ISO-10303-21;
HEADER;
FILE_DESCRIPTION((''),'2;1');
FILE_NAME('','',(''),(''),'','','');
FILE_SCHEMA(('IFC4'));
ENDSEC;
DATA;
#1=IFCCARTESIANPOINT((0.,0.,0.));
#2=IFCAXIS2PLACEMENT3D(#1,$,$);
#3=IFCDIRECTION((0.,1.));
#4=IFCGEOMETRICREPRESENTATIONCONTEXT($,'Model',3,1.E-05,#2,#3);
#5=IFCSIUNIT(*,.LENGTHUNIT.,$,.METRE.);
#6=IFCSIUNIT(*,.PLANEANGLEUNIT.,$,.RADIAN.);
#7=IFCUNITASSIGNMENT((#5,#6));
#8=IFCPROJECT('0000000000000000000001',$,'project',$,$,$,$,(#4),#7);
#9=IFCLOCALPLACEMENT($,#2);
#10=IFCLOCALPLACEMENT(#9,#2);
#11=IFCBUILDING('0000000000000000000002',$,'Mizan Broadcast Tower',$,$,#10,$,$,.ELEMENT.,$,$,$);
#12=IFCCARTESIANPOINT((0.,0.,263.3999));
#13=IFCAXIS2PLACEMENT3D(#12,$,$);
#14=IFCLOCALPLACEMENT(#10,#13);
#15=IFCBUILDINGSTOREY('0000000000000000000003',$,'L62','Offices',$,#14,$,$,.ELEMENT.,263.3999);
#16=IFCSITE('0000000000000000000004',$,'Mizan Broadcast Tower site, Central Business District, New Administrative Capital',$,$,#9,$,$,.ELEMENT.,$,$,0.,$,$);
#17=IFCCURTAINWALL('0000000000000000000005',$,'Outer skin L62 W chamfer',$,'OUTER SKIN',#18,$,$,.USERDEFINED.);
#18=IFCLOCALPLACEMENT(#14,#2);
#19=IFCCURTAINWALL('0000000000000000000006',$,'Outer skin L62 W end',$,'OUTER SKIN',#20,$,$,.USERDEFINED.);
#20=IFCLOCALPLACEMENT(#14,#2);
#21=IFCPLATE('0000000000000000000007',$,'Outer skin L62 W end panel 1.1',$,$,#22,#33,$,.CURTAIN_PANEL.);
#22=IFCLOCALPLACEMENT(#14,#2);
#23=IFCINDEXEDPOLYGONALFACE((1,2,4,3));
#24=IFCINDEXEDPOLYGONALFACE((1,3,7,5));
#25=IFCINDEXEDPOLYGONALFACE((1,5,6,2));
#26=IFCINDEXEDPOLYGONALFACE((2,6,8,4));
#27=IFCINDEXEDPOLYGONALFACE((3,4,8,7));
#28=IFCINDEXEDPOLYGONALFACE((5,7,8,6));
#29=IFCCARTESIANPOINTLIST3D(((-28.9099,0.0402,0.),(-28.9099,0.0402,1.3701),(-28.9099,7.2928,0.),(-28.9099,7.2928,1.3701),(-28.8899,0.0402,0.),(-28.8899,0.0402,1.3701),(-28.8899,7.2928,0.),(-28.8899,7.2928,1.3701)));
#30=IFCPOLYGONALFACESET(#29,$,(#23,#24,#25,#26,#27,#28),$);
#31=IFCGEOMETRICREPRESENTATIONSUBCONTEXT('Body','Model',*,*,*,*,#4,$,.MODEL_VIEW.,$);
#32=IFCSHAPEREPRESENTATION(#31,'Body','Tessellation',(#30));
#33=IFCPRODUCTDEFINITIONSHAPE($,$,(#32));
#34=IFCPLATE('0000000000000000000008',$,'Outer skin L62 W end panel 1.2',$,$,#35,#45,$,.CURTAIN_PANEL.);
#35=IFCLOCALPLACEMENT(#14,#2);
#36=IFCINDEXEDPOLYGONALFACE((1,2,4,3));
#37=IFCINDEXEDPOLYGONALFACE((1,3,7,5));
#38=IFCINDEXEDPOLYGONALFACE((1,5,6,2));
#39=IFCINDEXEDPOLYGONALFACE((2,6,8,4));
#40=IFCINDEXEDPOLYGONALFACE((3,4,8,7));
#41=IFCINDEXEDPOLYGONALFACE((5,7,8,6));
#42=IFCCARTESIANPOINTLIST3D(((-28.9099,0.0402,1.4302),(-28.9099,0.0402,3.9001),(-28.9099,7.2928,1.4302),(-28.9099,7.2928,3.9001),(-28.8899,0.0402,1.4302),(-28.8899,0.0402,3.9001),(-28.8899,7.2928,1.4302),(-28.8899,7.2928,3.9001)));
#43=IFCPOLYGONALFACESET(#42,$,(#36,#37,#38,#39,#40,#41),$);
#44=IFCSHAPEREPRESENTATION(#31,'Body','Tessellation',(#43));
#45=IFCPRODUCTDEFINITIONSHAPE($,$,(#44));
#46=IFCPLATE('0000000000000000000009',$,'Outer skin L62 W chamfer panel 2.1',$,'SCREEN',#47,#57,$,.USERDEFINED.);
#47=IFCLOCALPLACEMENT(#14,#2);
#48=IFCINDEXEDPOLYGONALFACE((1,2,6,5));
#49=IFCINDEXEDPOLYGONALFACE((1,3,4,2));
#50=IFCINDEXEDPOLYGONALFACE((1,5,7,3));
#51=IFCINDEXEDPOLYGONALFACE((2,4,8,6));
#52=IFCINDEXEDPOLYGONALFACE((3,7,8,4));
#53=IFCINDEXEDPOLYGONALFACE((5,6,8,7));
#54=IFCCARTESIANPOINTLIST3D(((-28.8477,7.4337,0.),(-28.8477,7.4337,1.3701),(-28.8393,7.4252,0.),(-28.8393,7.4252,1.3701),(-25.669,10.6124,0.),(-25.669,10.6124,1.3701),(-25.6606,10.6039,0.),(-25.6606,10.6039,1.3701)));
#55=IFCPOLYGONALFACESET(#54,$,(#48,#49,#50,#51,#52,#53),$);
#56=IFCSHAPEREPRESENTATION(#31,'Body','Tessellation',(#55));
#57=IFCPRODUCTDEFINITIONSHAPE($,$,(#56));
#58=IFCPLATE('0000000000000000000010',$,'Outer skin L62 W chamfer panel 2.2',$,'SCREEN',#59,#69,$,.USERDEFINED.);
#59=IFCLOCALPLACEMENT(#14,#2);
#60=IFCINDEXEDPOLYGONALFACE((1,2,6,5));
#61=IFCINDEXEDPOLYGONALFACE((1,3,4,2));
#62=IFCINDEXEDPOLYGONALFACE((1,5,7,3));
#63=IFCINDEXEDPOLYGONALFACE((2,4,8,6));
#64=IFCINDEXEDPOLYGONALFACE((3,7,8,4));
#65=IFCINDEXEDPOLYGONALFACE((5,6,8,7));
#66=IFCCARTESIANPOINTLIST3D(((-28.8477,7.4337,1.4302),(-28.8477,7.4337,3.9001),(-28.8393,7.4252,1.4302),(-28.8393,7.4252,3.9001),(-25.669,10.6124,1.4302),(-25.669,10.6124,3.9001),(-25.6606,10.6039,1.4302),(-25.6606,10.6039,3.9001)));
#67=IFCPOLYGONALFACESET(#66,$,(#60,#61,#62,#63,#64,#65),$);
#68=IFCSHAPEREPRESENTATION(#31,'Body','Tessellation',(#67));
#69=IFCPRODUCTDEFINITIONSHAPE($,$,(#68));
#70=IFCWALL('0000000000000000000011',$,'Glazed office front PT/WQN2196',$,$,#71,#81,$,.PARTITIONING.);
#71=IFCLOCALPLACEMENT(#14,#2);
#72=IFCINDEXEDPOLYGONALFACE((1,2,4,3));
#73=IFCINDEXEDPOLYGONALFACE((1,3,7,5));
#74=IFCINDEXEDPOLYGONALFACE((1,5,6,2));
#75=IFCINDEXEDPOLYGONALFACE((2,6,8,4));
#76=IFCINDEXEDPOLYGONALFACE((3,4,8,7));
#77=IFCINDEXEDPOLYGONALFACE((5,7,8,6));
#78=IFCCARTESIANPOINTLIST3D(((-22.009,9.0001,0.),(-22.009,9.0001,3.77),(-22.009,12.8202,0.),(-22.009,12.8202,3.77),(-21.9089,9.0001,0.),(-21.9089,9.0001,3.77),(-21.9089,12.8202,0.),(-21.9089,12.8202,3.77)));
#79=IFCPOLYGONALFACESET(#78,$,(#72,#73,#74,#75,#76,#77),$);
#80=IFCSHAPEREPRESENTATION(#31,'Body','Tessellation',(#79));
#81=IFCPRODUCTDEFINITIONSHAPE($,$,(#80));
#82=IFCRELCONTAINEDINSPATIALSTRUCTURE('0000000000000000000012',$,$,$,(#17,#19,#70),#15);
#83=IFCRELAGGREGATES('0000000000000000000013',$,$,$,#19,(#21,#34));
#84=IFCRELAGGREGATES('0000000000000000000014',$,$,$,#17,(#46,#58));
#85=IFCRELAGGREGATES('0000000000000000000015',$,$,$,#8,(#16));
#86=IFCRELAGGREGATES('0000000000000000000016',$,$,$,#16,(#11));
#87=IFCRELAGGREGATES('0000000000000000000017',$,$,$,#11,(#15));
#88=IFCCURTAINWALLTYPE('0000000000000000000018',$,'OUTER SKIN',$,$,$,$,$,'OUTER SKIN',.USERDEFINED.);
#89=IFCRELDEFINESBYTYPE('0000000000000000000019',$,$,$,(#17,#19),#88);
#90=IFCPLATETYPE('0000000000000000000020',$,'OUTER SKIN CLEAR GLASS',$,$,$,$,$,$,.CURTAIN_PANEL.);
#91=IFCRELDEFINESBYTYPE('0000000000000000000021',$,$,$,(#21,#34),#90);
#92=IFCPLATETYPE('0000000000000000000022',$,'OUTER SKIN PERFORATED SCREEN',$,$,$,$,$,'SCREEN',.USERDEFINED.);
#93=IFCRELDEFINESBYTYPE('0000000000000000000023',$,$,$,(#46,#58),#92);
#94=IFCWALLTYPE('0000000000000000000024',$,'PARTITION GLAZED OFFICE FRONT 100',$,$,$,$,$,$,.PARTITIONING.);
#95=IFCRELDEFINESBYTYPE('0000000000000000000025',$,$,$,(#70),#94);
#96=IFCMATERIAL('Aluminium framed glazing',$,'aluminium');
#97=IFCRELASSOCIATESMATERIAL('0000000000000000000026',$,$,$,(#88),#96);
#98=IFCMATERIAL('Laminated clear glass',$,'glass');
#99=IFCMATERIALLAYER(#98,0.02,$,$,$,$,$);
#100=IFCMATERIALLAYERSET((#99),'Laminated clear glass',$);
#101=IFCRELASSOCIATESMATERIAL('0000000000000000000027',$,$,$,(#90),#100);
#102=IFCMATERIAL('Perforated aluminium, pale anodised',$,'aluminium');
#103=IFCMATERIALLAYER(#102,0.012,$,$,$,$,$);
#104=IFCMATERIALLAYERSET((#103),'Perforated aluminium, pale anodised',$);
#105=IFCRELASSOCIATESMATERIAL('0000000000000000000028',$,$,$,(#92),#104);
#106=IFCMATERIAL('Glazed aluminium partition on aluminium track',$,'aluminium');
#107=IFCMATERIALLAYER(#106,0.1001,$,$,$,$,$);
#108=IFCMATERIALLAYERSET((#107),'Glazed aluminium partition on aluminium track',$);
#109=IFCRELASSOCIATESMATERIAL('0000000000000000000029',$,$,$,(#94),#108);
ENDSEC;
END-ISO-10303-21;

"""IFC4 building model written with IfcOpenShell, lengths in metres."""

from ifc_helpers import new_model, si_unit, direction, frame, frame_2d, origin, origin_2d, place, context, subcontext, project, spatial, rectangle, extrude, material, layer, layer_set, type_object, element, aggregate, save


model = new_model("IFC4")

# Units and contexts
model_context = context("Model", 3, precision=1e-05, world=origin(), true_north=direction((0.0, 1.0)))
body_context = subcontext(model_context, "Body", "Model", "MODEL_VIEW")
ifc_project = project(units=[si_unit("LENGTHUNIT", "METRE"), si_unit("PLANEANGLEUNIT", "RADIAN")], contexts=[model_context])

# Site, building, storey
site_placement = place(None, origin())
site = spatial("IfcSite", under=ifc_project, at=site_placement, Name="Mizan Broadcast Tower site, Central Business District, New Administrative Capital", CompositionType="ELEMENT", RefElevation=0.0)
building_placement = place(site_placement, origin())
building = spatial("IfcBuilding", under=site, at=building_placement, Name="Mizan Broadcast Tower", CompositionType="ELEMENT")
storey_placement = place(building_placement, frame((0.0, 0.0, 263.3999)))
storey = spatial("IfcBuildingStorey", under=building, at=storey_placement, Name="L62", Description="Offices", CompositionType="ELEMENT", Elevation=263.3999)

# Curtain wall
ifc_material_1 = material(Name="Aluminium framed glazing", Category="aluminium")
curtain_wall_type_1 = type_object("IfcCurtainWallType", Name="OUTER SKIN", ElementType="OUTER SKIN", PredefinedType="USERDEFINED", material=ifc_material_1)
curtain_wall_1_placement = place(storey_placement, origin())
curtain_wall_1 = element("IfcCurtainWall", 1, at=curtain_wall_1_placement, inside=storey, type_object=curtain_wall_type_1, Name="Outer skin L62 W chamfer", ObjectType="OUTER SKIN", PredefinedType="USERDEFINED")

# Curtain wall
curtain_wall_2_placement = place(storey_placement, origin())
curtain_wall_2 = element("IfcCurtainWall", 2, at=curtain_wall_2_placement, inside=storey, type_object=curtain_wall_type_1, Name="Outer skin L62 W end", ObjectType="OUTER SKIN", PredefinedType="USERDEFINED")

# Plates
ifc_material_2 = material(Name="Laminated clear glass", Category="glass")
ifc_layer_1 = layer(ifc_material_2, 0.02)
ifc_layer_set_1 = layer_set([ifc_layer_1], Name="Laminated clear glass")
plate_type_1 = type_object("IfcPlateType", Name="OUTER SKIN CLEAR GLASS", PredefinedType="CURTAIN_PANEL", material=ifc_layer_set_1)
plate_1_placement = place(storey_placement, frame((-28.8999, 3.6665, 0.0), z_axis=(0.0, 0.0, 1.0), x_axis=(0.0, -1.0, 0.0)))
plate_1 = element("IfcPlate", 3, at=plate_1_placement, type_object=plate_type_1, Name="Outer skin L62 W end panel 1.1", PredefinedType="CURTAIN_PANEL", context=body_context, shape_type="SweptSolid", body=[
    extrude(rectangle(XDim=7.2527, YDim=0.02, at=origin_2d()), origin(), (0.0, 0.0, 1.0), 1.3701),
])
plate_2_placement = place(storey_placement, frame((-28.8999, 3.6665, 1.4302), z_axis=(0.0, 0.0, 1.0), x_axis=(0.0, -1.0, 0.0)))
plate_2 = element("IfcPlate", 4, at=plate_2_placement, type_object=plate_type_1, Name="Outer skin L62 W end panel 1.2", PredefinedType="CURTAIN_PANEL", context=body_context, shape_type="SweptSolid", body=[
    extrude(rectangle(XDim=7.2527, YDim=0.02, at=origin_2d()), origin(), (0.0, 0.0, 1.0), 2.47),
])
aggregate(curtain_wall_2, [plate_1, plate_2])
ifc_material_3 = material(Name="Perforated aluminium, pale anodised", Category="aluminium")
ifc_layer_2 = layer(ifc_material_3, 0.012)
ifc_layer_set_2 = layer_set([ifc_layer_2], Name="Perforated aluminium, pale anodised")
plate_type_2 = type_object("IfcPlateType", Name="OUTER SKIN PERFORATED SCREEN", ElementType="SCREEN", PredefinedType="USERDEFINED", material=ifc_layer_set_2)
plate_3_placement = place(storey_placement, frame((-27.2542, 9.0188, 0.0), z_axis=(0.0, 0.0, 1.0), x_axis=(-0.707107, -0.707107, 0.0)))
plate_3 = element("IfcPlate", 5, at=plate_3_placement, type_object=plate_type_2, Name="Outer skin L62 W chamfer panel 2.1", ObjectType="SCREEN", PredefinedType="USERDEFINED", context=body_context, shape_type="SweptSolid", body=[
    extrude(rectangle(XDim=4.4954, YDim=0.012, at=origin_2d()), origin(), (0.0, 0.0, 1.0), 1.3701),
])
plate_4_placement = place(storey_placement, frame((-27.2542, 9.0188, 1.4302), z_axis=(0.0, 0.0, 1.0), x_axis=(-0.707107, -0.707107, 0.0)))
plate_4 = element("IfcPlate", 6, at=plate_4_placement, type_object=plate_type_2, Name="Outer skin L62 W chamfer panel 2.2", ObjectType="SCREEN", PredefinedType="USERDEFINED", context=body_context, shape_type="SweptSolid", body=[
    extrude(rectangle(XDim=4.4954, YDim=0.012, at=origin_2d()), origin(), (0.0, 0.0, 1.0), 2.47),
])
aggregate(curtain_wall_1, [plate_3, plate_4])

# Wall
ifc_material_4 = material(Name="Glazed aluminium partition on aluminium track", Category="aluminium")
ifc_layer_3 = layer(ifc_material_4, 0.1001)
ifc_layer_set_3 = layer_set([ifc_layer_3], Name="Glazed aluminium partition on aluminium track")
wall_type = type_object("IfcWallType", Name="PARTITION GLAZED OFFICE FRONT 100", PredefinedType="PARTITIONING", material=ifc_layer_set_3)
wall_placement = place(storey_placement, frame((-21.959, 9.0, 0.0), z_axis=(0.0, 0.0, 1.0), x_axis=(0.0, 1.0, 0.0)))
element("IfcWall", 7, at=wall_placement, inside=storey, type_object=wall_type, Name="Glazed office front PT/WQN2196", PredefinedType="PARTITIONING", context=body_context, shape_type="SweptSolid", body=[
    extrude(rectangle(XDim=3.8201, YDim=0.1001, at=frame_2d((1.9102, 0.0))), origin(), (0.0, 0.0, 1.0), 3.77),
])

save(model, "model.ifc")
